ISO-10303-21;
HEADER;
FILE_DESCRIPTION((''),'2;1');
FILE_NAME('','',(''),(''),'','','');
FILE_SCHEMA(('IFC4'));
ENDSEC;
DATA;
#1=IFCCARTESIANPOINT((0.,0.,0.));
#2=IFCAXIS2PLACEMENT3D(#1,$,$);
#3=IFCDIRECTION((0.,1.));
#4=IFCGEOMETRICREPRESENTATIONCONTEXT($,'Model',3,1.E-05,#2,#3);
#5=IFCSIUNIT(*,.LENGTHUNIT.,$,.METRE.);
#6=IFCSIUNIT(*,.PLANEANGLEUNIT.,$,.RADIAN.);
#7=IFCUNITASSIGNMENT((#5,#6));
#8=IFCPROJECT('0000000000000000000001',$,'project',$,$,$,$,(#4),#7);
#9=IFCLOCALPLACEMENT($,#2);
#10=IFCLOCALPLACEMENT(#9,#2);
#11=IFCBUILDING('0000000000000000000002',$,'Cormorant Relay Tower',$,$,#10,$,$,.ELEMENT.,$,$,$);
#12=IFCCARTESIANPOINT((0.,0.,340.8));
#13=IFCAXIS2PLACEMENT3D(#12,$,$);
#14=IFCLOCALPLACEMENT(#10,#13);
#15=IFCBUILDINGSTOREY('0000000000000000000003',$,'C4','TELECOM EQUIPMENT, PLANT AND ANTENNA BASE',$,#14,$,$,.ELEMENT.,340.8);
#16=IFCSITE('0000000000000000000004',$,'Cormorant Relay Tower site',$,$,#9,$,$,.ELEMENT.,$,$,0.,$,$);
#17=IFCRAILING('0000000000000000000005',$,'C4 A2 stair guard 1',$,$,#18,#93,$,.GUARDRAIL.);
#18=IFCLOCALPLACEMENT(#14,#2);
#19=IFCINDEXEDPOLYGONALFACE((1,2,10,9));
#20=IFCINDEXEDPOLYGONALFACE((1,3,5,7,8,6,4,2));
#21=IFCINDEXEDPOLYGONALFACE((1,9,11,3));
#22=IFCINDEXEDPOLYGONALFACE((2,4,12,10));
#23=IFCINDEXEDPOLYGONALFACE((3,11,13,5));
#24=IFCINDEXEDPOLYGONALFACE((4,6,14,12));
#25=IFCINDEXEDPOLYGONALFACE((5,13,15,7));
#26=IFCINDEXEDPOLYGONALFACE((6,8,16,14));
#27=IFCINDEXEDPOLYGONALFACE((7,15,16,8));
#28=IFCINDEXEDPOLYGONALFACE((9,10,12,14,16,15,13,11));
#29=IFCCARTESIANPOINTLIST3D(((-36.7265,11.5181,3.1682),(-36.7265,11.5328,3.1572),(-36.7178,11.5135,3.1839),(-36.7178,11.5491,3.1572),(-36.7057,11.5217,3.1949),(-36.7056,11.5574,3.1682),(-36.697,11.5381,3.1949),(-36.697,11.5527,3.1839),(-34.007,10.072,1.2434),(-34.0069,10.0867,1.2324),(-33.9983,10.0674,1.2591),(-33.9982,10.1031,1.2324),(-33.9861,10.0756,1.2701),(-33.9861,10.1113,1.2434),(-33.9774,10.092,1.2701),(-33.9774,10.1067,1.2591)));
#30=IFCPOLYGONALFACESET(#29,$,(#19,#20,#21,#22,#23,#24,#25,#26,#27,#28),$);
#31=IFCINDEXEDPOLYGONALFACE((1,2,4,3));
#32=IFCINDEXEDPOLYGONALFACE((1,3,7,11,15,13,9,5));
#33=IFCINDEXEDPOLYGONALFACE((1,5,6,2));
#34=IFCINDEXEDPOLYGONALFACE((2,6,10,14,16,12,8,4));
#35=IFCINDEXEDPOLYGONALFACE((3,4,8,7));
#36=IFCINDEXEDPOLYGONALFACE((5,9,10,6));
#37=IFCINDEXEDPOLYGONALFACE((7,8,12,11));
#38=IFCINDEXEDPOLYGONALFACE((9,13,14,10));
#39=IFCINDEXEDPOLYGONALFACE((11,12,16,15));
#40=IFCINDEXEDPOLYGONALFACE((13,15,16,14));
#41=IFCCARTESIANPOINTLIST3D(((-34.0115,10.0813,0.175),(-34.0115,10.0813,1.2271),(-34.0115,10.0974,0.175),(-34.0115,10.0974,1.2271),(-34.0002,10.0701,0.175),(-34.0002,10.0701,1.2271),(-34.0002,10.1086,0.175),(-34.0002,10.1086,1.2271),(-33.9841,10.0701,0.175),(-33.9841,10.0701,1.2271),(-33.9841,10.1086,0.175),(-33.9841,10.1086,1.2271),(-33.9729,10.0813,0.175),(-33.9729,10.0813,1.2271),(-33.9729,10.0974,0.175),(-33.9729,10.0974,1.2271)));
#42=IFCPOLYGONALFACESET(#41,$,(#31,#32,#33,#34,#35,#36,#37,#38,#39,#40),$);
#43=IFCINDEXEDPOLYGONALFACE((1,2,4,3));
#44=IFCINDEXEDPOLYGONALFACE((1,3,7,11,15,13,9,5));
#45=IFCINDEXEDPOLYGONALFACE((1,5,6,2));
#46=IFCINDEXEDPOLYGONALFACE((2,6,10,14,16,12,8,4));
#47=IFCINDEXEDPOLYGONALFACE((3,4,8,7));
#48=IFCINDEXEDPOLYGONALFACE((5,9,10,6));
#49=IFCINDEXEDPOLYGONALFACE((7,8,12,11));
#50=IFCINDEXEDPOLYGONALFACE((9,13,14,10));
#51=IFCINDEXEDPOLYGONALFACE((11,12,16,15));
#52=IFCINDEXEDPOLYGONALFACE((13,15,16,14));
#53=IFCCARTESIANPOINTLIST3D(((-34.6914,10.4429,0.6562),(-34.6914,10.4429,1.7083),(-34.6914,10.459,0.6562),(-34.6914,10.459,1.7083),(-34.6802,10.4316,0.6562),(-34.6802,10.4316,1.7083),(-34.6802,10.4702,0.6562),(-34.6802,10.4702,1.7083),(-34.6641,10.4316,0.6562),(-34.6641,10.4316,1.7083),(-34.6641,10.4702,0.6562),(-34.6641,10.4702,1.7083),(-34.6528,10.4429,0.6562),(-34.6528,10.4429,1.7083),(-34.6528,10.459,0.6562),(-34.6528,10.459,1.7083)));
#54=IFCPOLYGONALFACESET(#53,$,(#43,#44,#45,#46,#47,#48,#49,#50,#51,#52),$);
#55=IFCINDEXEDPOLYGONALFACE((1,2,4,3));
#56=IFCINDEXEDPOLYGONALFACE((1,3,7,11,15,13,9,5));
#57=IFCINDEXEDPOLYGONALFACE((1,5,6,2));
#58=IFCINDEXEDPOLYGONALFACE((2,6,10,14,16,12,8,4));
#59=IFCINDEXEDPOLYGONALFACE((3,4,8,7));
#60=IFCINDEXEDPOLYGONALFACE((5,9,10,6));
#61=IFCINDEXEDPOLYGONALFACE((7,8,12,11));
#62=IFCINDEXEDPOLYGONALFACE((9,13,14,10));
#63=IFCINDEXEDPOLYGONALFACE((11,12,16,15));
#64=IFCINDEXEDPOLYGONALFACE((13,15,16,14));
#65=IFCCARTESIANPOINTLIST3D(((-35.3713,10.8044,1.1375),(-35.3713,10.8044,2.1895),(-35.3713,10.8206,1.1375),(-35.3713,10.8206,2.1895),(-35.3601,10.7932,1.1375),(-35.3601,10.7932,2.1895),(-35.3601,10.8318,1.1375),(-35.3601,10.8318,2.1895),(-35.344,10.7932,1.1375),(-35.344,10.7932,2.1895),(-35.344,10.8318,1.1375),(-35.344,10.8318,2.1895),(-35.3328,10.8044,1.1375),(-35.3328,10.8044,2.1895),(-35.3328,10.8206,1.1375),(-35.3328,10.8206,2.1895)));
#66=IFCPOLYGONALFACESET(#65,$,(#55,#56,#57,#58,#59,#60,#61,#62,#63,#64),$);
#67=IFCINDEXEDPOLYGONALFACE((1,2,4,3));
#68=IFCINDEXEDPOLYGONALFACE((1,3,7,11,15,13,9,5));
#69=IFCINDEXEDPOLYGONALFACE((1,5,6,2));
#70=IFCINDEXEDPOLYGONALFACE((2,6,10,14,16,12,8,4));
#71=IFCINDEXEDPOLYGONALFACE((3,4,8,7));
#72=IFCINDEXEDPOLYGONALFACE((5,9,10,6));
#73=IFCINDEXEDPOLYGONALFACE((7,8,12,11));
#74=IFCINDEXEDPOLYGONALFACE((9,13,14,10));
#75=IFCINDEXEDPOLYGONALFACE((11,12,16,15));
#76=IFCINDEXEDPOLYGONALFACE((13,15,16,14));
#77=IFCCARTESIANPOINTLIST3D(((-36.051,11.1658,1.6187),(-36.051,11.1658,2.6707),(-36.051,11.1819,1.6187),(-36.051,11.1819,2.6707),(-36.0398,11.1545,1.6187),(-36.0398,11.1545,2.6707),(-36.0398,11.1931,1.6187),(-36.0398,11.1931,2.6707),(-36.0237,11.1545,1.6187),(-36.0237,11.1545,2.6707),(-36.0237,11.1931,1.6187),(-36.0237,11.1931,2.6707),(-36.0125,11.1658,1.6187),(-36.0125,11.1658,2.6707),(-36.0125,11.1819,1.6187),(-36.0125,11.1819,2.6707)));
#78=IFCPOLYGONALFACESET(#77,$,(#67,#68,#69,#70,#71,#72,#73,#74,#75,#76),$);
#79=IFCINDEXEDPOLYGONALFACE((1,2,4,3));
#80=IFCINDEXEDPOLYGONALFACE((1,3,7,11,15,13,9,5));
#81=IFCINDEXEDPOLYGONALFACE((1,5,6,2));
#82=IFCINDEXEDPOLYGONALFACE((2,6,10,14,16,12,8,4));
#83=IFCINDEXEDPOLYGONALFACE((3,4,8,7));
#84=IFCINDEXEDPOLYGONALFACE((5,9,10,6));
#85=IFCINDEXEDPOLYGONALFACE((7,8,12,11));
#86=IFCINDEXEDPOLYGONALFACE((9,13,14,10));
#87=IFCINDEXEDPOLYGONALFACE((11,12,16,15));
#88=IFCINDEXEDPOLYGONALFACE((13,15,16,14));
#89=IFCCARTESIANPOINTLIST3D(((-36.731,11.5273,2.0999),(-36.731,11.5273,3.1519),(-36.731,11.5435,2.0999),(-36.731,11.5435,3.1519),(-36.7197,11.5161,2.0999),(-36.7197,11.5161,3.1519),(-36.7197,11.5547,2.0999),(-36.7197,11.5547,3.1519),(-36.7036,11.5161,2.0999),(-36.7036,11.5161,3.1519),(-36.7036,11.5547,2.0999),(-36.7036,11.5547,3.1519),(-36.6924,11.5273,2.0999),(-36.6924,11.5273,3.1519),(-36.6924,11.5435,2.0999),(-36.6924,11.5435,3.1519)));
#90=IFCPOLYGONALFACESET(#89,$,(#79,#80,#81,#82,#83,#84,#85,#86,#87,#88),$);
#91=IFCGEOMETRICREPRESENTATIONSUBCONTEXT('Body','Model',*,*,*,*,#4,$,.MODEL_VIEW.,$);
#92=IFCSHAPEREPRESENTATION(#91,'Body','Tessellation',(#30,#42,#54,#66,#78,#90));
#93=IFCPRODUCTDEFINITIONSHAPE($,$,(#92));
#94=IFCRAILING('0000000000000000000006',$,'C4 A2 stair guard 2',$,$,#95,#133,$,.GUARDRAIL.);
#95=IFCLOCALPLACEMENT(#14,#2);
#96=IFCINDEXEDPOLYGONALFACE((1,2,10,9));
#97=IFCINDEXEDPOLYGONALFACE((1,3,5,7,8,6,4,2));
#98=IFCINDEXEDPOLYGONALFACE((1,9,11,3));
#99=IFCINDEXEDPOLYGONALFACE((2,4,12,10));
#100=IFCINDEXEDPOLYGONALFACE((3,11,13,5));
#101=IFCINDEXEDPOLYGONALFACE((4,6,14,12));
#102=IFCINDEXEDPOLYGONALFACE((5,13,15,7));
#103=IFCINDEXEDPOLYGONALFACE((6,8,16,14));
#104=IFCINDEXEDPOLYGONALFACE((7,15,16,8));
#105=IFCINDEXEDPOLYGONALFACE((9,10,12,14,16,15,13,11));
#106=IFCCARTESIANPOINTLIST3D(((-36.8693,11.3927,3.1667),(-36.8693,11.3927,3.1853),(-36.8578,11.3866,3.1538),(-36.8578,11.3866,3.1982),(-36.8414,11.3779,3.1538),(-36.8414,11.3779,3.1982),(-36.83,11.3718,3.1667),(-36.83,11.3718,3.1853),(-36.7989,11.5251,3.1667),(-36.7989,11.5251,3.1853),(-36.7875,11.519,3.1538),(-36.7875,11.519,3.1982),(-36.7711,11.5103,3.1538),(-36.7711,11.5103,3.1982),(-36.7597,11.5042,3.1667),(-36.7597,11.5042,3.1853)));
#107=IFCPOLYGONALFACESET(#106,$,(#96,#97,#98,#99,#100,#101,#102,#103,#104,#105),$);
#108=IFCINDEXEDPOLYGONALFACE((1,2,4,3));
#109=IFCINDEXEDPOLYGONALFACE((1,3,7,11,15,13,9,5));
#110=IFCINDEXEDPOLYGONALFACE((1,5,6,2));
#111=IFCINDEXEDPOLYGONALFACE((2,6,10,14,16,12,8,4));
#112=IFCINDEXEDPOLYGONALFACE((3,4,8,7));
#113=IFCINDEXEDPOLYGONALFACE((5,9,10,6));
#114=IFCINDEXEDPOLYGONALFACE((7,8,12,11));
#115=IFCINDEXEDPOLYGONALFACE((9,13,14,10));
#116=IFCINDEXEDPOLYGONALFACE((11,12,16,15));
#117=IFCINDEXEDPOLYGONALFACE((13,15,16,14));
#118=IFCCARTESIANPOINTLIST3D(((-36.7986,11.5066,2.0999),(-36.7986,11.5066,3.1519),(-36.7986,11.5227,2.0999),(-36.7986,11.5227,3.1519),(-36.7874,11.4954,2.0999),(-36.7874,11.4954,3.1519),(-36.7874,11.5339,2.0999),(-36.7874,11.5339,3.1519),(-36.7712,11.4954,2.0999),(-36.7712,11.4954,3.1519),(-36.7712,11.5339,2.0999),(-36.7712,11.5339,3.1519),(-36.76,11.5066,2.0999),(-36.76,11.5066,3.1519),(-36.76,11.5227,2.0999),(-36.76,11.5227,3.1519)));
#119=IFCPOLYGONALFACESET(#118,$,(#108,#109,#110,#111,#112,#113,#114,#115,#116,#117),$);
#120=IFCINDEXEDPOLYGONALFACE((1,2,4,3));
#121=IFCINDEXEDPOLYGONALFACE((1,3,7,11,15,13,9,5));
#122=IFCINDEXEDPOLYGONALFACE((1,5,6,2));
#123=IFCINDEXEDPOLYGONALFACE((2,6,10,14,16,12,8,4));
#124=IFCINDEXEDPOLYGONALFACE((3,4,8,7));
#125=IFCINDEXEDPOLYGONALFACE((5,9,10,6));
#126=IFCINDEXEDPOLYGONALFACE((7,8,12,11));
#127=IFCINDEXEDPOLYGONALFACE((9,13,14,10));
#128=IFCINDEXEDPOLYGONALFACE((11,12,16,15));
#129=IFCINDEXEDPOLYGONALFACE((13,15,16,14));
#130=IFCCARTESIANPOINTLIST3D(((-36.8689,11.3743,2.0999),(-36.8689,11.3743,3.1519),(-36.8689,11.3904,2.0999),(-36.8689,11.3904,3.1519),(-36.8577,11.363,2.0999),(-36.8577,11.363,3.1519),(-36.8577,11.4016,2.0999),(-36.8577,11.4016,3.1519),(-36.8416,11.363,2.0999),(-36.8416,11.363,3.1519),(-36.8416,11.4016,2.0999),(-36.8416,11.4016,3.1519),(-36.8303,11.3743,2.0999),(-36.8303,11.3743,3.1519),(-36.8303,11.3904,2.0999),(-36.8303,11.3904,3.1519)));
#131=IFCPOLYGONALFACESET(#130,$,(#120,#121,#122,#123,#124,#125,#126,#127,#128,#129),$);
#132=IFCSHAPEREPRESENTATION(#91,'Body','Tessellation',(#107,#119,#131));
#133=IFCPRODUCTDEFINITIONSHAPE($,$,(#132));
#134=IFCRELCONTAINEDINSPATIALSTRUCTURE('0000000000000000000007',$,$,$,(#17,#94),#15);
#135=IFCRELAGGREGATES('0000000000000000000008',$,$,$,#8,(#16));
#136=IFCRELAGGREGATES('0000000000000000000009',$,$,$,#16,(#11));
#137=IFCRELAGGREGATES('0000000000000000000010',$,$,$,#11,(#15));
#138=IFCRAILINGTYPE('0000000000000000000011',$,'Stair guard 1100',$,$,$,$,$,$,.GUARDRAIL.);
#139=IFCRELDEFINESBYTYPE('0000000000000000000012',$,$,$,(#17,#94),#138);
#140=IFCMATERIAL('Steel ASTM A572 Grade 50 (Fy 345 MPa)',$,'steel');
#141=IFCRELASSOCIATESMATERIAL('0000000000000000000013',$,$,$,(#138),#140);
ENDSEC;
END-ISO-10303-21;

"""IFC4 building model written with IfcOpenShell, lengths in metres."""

from ifc_helpers import new_model, si_unit, direction, frame, origin, place, context, subcontext, project, spatial, polyline, outline, extrude, material, type_object, element, save


model = new_model("IFC4")

# Units and contexts
model_context = context("Model", 3, precision=1e-05, world=origin(), true_north=direction((0.0, 1.0)))
body_context = subcontext(model_context, "Body", "Model", "MODEL_VIEW")
ifc_project = project(units=[si_unit("LENGTHUNIT", "METRE"), si_unit("PLANEANGLEUNIT", "RADIAN")], contexts=[model_context])

# Site, building, storey
site_placement = place(None, origin())
site = spatial("IfcSite", under=ifc_project, at=site_placement, Name="Cormorant Relay Tower site", CompositionType="ELEMENT", RefElevation=0.0)
building_placement = place(site_placement, origin())
building = spatial("IfcBuilding", under=site, at=building_placement, Name="Cormorant Relay Tower", CompositionType="ELEMENT")
storey_placement = place(building_placement, frame((0.0, 0.0, 340.8)))
storey = spatial("IfcBuildingStorey", under=building, at=storey_placement, Name="C4", Description="TELECOM EQUIPMENT, PLANT AND ANTENNA BASE", CompositionType="ELEMENT", Elevation=340.8)

# Railings
ifc_material_1 = material(Name="Steel ASTM A572 Grade 50 (Fy 345 MPa)", Category="steel")
railing_type_1 = type_object("IfcRailingType", Name="Stair guard 1100", PredefinedType="GUARDRAIL", material=ifc_material_1)
railing_1_placement = place(storey_placement, frame((-33.9922, 10.0894, 0.175)))
element("IfcRailing", 1, at=railing_1_placement, inside=storey, type_object=railing_type_1, Name="C4 A2 stair guard 1", PredefinedType="GUARDRAIL", context=body_context, shape_type="SweptSolid", body=[
    extrude(outline(polyline([(0.0222, 0.0093), (0.0093, 0.0222), (-0.0093, 0.0222), (-0.0222, 0.0093), (-0.0222, -0.0093), (-0.0093, -0.0222), (0.0093, -0.0222), (0.0222, -0.0093), (0.0222, 0.0093)])), frame((0.0, 0.0, 1.0762), z_axis=(-0.748754, 0.398139, 0.529956), x_axis=(-0.469489, -0.882938, 0.0)), (0.0, 0.0, 1.0), 3.6321),
    extrude(outline(polyline([(0.0193, 0.0081), (0.0081, 0.0193), (-0.0081, 0.0193), (-0.0193, 0.0081), (-0.0193, -0.0081), (-0.0081, -0.0193), (0.0081, -0.0193), (0.0193, -0.0081), (0.0193, 0.0081)])), origin(), (0.0, 0.0, 1.0), 1.052),
    extrude(outline(polyline([(0.0193, 0.0081), (0.0081, 0.0193), (-0.0081, 0.0193), (-0.0193, 0.0081), (-0.0193, -0.0081), (-0.0081, -0.0193), (0.0081, -0.0193), (0.0193, -0.0081), (0.0193, 0.0081)])), frame((-0.6799, 0.3616, 0.4812)), (0.0, 0.0, 1.0), 1.052),
    extrude(outline(polyline([(0.0193, 0.0081), (0.0081, 0.0193), (-0.0081, 0.0193), (-0.0193, 0.0081), (-0.0193, -0.0081), (-0.0081, -0.0193), (0.0081, -0.0193), (0.0193, -0.0081), (0.0193, 0.0081)])), frame((-1.3599, 0.7231, 0.9624)), (0.0, 0.0, 1.0), 1.052),
    extrude(outline(polyline([(0.0193, 0.0081), (0.0081, 0.0193), (-0.0081, 0.0193), (-0.0193, 0.0081), (-0.0193, -0.0081), (-0.0081, -0.0193), (0.0081, -0.0193), (0.0193, -0.0081), (0.0193, 0.0081)])), frame((-2.0396, 1.0845, 1.4436)), (0.0, 0.0, 1.0), 1.052),
    extrude(outline(polyline([(0.0193, 0.0081), (0.0081, 0.0193), (-0.0081, 0.0193), (-0.0193, 0.0081), (-0.0193, -0.0081), (-0.0081, -0.0193), (0.0081, -0.0193), (0.0193, -0.0081), (0.0193, 0.0081)])), frame((-2.7195, 1.446, 1.9248)), (0.0, 0.0, 1.0), 1.052),
])
railing_2_placement = place(storey_placement, frame((-36.7793, 11.5146, 2.0999)))
element("IfcRailing", 2, at=railing_2_placement, inside=storey, type_object=railing_type_1, Name="C4 A2 stair guard 2", PredefinedType="GUARDRAIL", context=body_context, shape_type="SweptSolid", body=[
    extrude(outline(polyline([(0.0222, 0.0093), (0.0093, 0.0222), (-0.0093, 0.0222), (-0.0222, 0.0093), (-0.0222, -0.0093), (-0.0093, -0.0222), (0.0093, -0.0222), (0.0222, -0.0093), (0.0222, 0.0093)])), frame((0.0, 0.0, 1.0762), z_axis=(-0.469235, -0.883074, 0.0), x_axis=(0.883074, -0.469235, 0.0)), (0.0, 0.0, 1.0), 0.1499),
    extrude(outline(polyline([(0.0193, 0.0081), (0.0081, 0.0193), (-0.0081, 0.0193), (-0.0193, 0.0081), (-0.0193, -0.0081), (-0.0081, -0.0193), (0.0081, -0.0193), (0.0193, -0.0081), (0.0193, 0.0081)])), origin(), (0.0, 0.0, 1.0), 1.052),
    extrude(outline(polyline([(0.0193, 0.0081), (0.0081, 0.0193), (-0.0081, 0.0193), (-0.0193, 0.0081), (-0.0193, -0.0081), (-0.0081, -0.0193), (0.0081, -0.0193), (0.0193, -0.0081), (0.0193, 0.0081)])), frame((-0.0703, -0.1323, 0.0)), (0.0, 0.0, 1.0), 1.052),
])

save(model, "model.ifc")
